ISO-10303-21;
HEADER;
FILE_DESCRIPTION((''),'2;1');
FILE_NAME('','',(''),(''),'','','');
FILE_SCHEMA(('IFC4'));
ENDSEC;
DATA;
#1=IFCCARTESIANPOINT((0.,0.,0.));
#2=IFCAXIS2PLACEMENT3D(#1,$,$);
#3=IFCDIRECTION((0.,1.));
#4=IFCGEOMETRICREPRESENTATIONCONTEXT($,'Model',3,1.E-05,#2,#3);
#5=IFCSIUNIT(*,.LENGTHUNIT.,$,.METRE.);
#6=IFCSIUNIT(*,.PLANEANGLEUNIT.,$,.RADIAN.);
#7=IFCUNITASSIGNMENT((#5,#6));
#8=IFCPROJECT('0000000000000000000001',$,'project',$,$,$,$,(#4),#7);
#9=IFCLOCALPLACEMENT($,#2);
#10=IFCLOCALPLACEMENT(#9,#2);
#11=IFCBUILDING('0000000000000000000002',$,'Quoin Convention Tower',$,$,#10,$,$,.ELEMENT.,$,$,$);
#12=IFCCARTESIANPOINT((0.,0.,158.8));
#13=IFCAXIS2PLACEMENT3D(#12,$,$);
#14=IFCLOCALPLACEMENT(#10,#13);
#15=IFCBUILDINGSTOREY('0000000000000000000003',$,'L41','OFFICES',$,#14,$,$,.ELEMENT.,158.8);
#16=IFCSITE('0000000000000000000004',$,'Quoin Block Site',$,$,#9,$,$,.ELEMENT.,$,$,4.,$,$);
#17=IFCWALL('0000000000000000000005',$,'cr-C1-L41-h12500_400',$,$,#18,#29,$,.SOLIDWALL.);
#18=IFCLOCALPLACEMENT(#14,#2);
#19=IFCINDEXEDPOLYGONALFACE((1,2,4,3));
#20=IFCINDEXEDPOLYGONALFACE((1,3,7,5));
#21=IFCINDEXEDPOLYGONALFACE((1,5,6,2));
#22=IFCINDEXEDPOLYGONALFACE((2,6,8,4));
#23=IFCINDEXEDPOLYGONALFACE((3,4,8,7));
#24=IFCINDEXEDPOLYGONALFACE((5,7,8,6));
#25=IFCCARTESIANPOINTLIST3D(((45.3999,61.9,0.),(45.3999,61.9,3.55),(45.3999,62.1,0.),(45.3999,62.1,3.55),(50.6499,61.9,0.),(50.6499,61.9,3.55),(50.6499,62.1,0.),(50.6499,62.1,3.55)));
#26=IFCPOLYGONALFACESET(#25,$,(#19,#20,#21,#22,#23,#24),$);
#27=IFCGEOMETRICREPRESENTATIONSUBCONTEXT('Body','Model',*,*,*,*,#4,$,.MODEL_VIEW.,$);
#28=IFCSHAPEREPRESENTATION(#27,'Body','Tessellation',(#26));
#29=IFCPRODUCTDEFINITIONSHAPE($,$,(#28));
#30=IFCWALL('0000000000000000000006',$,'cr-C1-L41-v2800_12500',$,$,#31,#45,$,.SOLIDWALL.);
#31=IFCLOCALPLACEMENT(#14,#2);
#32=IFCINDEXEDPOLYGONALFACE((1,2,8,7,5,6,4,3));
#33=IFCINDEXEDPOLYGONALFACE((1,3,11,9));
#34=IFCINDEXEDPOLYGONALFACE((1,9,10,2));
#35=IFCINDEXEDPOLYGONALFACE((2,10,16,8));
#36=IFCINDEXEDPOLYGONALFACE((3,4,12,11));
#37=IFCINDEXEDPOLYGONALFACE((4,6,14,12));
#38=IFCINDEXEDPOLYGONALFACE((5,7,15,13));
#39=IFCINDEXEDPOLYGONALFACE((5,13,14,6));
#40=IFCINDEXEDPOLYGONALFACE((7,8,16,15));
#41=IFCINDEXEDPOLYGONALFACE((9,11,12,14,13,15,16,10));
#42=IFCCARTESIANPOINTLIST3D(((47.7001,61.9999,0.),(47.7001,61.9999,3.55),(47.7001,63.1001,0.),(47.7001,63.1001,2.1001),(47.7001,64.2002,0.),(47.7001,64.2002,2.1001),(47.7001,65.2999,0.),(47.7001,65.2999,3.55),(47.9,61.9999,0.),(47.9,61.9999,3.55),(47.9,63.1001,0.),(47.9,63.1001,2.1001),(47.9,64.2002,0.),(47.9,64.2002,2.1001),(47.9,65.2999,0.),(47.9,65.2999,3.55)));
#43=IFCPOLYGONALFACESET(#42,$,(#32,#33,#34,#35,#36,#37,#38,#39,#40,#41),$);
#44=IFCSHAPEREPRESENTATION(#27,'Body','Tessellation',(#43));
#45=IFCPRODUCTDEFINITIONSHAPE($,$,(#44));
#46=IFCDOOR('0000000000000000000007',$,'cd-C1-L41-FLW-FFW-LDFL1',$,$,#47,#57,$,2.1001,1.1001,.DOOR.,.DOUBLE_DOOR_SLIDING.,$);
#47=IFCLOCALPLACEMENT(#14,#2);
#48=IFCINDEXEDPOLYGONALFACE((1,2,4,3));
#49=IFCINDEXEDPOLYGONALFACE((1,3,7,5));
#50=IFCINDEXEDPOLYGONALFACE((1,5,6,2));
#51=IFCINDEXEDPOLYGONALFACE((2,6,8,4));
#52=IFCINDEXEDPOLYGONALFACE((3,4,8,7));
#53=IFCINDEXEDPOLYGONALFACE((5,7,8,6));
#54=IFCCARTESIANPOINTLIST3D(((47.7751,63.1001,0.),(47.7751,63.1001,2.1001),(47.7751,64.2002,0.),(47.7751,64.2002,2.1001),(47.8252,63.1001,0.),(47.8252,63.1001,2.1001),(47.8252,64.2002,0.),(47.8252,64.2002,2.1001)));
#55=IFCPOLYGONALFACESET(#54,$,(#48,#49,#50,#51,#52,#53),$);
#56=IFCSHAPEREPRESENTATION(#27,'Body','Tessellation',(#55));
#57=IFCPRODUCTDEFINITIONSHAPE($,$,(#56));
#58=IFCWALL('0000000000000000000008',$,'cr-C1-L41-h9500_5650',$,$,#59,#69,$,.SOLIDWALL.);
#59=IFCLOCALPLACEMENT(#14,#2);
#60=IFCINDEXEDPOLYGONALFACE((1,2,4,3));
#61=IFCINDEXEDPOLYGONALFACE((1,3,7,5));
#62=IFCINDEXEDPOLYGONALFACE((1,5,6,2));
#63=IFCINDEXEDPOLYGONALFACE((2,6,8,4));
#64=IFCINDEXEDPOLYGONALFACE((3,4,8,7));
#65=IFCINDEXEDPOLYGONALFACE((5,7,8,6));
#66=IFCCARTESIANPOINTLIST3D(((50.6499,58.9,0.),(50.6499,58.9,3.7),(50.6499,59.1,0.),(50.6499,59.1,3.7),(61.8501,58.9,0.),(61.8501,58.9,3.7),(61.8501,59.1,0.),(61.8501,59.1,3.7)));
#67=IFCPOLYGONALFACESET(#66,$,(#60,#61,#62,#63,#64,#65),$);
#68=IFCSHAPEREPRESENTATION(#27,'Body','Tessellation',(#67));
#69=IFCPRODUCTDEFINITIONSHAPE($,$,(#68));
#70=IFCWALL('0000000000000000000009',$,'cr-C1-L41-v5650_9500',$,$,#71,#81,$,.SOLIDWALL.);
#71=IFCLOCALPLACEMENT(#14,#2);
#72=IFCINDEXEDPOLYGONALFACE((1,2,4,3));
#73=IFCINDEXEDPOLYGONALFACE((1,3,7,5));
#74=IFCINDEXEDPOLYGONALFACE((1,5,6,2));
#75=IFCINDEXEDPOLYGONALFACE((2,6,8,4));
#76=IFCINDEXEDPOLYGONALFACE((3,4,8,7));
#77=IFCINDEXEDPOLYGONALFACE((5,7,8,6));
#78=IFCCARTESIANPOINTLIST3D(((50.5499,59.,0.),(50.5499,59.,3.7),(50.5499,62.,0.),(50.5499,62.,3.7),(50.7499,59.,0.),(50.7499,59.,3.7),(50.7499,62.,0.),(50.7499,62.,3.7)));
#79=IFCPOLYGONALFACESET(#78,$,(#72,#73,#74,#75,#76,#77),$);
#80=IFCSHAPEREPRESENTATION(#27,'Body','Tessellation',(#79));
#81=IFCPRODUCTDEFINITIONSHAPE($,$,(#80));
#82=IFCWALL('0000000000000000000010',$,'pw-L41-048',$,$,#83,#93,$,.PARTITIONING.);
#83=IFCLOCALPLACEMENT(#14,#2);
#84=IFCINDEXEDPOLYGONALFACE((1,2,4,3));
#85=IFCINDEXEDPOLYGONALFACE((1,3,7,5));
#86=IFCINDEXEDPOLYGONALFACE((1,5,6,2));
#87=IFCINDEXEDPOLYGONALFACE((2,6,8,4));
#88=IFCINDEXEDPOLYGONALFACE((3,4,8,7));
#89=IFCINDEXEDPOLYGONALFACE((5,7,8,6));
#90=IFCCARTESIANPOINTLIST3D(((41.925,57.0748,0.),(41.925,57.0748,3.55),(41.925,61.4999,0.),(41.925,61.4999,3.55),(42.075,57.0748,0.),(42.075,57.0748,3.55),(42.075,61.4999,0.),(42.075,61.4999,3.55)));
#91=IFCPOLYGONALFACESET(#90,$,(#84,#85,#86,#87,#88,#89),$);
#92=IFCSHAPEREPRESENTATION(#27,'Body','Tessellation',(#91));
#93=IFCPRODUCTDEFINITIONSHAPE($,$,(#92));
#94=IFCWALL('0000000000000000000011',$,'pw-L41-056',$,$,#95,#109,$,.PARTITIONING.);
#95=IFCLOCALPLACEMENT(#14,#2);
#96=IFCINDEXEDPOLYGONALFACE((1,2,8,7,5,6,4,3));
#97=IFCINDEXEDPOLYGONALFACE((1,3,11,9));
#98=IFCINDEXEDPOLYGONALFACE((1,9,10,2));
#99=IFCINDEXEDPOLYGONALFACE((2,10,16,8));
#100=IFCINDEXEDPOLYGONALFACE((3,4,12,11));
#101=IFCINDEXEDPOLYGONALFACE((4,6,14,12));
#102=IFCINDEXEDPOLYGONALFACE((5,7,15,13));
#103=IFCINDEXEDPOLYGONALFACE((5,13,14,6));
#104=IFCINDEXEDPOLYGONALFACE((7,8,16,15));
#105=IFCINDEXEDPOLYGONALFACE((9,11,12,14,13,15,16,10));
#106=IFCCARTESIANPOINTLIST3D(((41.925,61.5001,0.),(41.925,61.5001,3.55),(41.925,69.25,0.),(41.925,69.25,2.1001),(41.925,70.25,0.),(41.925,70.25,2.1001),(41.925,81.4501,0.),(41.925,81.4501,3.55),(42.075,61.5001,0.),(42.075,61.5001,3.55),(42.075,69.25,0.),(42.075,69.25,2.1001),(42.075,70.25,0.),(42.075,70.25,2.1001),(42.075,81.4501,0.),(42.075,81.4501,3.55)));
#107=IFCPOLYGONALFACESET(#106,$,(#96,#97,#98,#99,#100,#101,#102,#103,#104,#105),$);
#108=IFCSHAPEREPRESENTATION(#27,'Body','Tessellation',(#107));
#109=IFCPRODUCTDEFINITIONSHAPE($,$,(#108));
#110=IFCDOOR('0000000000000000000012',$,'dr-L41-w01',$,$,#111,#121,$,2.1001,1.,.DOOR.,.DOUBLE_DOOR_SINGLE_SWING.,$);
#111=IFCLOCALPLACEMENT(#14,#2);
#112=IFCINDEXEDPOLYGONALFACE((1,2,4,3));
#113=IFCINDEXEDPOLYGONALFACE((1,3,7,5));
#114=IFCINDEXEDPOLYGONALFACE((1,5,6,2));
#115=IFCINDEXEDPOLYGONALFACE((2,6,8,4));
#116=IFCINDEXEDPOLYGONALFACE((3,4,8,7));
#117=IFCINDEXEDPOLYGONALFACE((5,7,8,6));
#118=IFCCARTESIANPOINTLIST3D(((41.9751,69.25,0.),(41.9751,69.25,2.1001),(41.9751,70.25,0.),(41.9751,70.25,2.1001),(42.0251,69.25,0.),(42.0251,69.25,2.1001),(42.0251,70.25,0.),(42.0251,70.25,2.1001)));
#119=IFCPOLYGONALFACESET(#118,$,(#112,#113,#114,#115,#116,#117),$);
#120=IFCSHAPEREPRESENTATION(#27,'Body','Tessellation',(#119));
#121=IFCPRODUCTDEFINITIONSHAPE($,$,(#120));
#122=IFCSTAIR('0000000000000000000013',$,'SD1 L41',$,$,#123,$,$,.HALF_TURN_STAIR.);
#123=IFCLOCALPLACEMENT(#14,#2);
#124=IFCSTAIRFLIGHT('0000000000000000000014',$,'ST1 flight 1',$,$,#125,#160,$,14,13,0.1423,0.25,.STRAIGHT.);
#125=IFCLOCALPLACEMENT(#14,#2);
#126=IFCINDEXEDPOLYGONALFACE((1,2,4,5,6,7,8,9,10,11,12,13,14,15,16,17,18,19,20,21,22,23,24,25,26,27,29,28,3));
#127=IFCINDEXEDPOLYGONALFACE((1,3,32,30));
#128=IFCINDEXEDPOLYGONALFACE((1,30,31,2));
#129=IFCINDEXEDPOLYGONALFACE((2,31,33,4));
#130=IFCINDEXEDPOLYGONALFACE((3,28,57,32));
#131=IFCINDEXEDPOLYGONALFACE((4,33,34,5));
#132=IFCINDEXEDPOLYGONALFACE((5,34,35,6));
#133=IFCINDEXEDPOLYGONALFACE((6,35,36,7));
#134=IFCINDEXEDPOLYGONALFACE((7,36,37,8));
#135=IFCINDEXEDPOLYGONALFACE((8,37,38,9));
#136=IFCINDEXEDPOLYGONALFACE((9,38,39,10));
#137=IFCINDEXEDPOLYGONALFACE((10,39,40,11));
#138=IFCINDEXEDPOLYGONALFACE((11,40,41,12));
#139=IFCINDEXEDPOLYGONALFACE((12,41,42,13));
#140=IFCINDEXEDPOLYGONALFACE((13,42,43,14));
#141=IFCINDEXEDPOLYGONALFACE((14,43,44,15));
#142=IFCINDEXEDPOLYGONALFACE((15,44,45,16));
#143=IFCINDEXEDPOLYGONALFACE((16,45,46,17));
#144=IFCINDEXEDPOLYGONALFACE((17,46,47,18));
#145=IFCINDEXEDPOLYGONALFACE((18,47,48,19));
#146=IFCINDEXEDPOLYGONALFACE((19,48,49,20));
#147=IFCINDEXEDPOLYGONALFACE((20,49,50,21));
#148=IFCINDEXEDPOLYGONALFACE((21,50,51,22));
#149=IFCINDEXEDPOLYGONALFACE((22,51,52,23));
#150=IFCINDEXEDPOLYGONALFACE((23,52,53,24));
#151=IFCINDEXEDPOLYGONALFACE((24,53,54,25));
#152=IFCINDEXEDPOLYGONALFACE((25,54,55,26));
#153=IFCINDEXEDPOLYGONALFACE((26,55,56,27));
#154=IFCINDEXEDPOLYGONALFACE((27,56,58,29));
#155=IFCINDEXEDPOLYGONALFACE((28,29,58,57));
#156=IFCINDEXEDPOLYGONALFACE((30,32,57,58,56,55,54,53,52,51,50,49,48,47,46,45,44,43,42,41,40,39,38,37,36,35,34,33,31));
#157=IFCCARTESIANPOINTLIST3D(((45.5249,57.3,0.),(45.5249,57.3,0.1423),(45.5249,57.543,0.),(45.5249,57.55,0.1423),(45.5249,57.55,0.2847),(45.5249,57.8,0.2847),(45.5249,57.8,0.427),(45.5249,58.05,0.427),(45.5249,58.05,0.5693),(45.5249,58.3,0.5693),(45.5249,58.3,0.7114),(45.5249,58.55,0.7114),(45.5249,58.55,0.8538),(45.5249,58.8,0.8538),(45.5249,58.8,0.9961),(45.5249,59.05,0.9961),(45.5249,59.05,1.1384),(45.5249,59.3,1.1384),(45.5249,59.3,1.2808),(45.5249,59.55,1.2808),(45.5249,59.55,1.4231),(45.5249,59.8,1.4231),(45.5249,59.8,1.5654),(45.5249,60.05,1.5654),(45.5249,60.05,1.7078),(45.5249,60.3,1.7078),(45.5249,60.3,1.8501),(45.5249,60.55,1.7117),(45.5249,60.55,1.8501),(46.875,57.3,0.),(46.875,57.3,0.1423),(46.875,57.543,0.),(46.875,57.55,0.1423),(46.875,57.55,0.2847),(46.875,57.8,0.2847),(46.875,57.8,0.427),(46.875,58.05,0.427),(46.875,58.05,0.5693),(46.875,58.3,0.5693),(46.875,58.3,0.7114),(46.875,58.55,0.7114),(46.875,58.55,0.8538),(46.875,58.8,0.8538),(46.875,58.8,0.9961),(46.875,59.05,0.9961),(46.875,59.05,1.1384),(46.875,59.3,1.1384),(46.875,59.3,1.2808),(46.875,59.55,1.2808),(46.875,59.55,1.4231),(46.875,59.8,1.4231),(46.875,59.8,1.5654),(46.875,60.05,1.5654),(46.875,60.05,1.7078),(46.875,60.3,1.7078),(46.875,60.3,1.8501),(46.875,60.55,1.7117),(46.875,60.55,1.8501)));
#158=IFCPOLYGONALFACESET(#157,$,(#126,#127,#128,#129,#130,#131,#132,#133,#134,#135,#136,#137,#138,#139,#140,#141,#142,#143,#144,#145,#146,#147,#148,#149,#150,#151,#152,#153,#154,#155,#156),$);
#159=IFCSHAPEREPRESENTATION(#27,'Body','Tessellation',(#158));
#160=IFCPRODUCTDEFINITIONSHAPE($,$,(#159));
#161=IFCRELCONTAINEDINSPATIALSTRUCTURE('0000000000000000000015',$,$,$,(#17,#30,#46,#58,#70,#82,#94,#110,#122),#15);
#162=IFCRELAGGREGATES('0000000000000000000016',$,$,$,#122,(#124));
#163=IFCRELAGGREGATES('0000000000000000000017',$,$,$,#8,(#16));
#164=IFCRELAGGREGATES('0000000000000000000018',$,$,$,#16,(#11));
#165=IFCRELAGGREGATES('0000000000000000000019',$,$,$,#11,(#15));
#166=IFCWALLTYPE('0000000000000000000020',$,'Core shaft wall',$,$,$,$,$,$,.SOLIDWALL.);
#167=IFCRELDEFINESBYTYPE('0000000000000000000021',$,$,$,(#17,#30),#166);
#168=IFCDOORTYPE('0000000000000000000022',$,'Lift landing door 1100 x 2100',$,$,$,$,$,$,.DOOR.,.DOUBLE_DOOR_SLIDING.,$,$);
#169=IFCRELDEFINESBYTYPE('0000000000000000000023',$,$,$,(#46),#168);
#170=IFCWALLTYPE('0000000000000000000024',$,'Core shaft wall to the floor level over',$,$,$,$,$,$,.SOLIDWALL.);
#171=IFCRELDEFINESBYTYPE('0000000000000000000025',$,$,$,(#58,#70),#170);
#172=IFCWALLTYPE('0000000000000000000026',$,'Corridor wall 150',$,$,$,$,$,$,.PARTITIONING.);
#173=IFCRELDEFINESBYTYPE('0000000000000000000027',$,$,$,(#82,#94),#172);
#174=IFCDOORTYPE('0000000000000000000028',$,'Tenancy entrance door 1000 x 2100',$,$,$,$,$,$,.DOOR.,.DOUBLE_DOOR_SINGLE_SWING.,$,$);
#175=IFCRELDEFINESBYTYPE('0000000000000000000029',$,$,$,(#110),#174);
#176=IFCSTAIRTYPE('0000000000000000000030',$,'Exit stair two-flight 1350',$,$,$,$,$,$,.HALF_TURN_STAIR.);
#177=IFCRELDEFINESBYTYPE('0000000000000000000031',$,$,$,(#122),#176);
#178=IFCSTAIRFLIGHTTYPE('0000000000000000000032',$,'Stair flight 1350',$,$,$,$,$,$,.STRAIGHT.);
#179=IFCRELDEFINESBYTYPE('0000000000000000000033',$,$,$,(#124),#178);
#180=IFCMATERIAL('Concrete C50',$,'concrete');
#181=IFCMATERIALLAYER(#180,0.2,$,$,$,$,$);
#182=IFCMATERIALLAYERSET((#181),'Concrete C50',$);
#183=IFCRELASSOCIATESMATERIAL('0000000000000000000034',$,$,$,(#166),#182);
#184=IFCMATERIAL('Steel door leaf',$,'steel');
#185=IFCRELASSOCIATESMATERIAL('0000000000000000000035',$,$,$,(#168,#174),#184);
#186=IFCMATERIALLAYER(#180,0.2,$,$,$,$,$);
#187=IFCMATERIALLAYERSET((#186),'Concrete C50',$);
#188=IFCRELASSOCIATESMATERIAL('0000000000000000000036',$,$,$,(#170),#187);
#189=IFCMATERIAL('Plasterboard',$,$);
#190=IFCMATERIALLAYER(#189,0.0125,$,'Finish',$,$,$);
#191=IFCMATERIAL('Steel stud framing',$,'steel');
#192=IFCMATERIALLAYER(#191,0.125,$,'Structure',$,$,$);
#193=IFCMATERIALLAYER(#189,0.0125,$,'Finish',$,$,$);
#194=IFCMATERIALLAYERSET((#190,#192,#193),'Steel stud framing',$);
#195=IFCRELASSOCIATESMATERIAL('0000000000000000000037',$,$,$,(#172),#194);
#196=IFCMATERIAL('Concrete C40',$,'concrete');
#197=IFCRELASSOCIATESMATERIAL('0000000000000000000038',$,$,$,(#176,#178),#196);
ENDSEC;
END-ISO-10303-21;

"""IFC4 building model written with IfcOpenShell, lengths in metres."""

from ifc_helpers import new_model, si_unit, direction, frame, frame_2d, origin, place, context, subcontext, project, spatial, polyline, rectangle, outline, extrude, material, layer, layer_set, type_object, element, fill, aggregate, save


model = new_model("IFC4")

# Units and contexts
model_context = context("Model", 3, precision=1e-05, world=origin(), true_north=direction((0.0, 1.0)))
body_context = subcontext(model_context, "Body", "Model", "MODEL_VIEW")
ifc_project = project(units=[si_unit("LENGTHUNIT", "METRE"), si_unit("PLANEANGLEUNIT", "RADIAN")], contexts=[model_context])

# Site, building, storey
site_placement = place(None, origin())
site = spatial("IfcSite", under=ifc_project, at=site_placement, Name="Quoin Block Site", CompositionType="ELEMENT", RefElevation=4.0)
building_placement = place(site_placement, origin())
building = spatial("IfcBuilding", under=site, at=building_placement, Name="Quoin Convention Tower", CompositionType="ELEMENT")
storey_placement = place(building_placement, frame((0.0, 0.0, 158.8)))
storey = spatial("IfcBuildingStorey", under=building, at=storey_placement, Name="L41", Description="OFFICES", CompositionType="ELEMENT", Elevation=158.8)

# Wall
ifc_material_1 = material(Name="Concrete C50", Category="concrete")
ifc_layer_1 = layer(ifc_material_1, 0.2)
ifc_layer_set_1 = layer_set([ifc_layer_1], Name="Concrete C50")
wall_type_1 = type_object("IfcWallType", Name="Core shaft wall", PredefinedType="SOLIDWALL", material=ifc_layer_set_1)
wall_1_placement = place(storey_placement, frame((45.3999, 62.0, 0.0), z_axis=(0.0, 0.0, 1.0), x_axis=(1.0, 0.0, 0.0)))
element("IfcWall", 1, at=wall_1_placement, inside=storey, type_object=wall_type_1, Name="cr-C1-L41-h12500_400", PredefinedType="SOLIDWALL", context=body_context, shape_type="SweptSolid", body=[
    extrude(rectangle(XDim=5.25, YDim=0.2, at=frame_2d((2.625, 0.0))), origin(), (0.0, 0.0, 1.0), 3.55),
])

# Wall, opening, door
wall_2_placement = place(storey_placement, frame((47.8, 62.0, 0.0), z_axis=(0.0, 0.0, 1.0), x_axis=(0.0, 1.0, 0.0)))
wall_2 = element("IfcWall", 2, at=wall_2_placement, inside=storey, type_object=wall_type_1, Name="cr-C1-L41-v2800_12500", PredefinedType="SOLIDWALL", context=body_context, shape_type="SweptSolid", body=[
    extrude(rectangle(XDim=3.3, YDim=0.2, at=frame_2d((1.6499, 0.0))), origin(), (0.0, 0.0, 1.0), 3.55),
])
opening_1_placement = place(wall_2_placement, frame((1.1001, 0.0, 0.0)))
opening_1 = element("IfcOpeningElement", 3, at=opening_1_placement, cuts=wall_2, PredefinedType="OPENING", context=body_context, shape_type="SweptSolid", body=[
    extrude(rectangle(XDim=1.1001, YDim=2.1001, at=frame_2d((0.55, 1.05))), frame((0.0, 0.1099, 0.0), z_axis=(0.0, -1.0, 0.0), x_axis=(1.0, 0.0, 0.0)), (0.0, 0.0, 1.0), 0.22),
])
ifc_material_2 = material(Name="Steel door leaf", Category="steel")
door_type_1 = type_object("IfcDoorType", Name="Lift landing door 1100 x 2100", OperationType="DOUBLE_DOOR_SLIDING", PredefinedType="DOOR", material=ifc_material_2)
door_1_placement = place(opening_1_placement, origin())
door_1 = element("IfcDoor", 4, at=door_1_placement, inside=storey, type_object=door_type_1, Name="cd-C1-L41-FLW-FFW-LDFL1", OperationType="DOUBLE_DOOR_SLIDING", OverallHeight=2.1001, OverallWidth=1.1001, PredefinedType="DOOR", context=body_context, shape_type="SweptSolid", body=[
    extrude(rectangle(XDim=1.1001, YDim=2.1001, at=frame_2d((0.55, 1.05))), frame((0.0, 0.0249, 0.0), z_axis=(0.0, -1.0, 0.0), x_axis=(1.0, 0.0, 0.0)), (0.0, 0.0, 1.0), 0.05),
])
fill(opening_1, door_1)

# Walls
ifc_layer_2 = layer(ifc_material_1, 0.2)
ifc_layer_set_2 = layer_set([ifc_layer_2], Name="Concrete C50")
wall_type_2 = type_object("IfcWallType", Name="Core shaft wall to the floor level over", PredefinedType="SOLIDWALL", material=ifc_layer_set_2)
wall_3_placement = place(storey_placement, frame((50.6499, 59.0, 0.0), z_axis=(0.0, 0.0, 1.0), x_axis=(1.0, 0.0, 0.0)))
element("IfcWall", 5, at=wall_3_placement, inside=storey, type_object=wall_type_2, Name="cr-C1-L41-h9500_5650", PredefinedType="SOLIDWALL", context=body_context, shape_type="SweptSolid", body=[
    extrude(rectangle(XDim=11.2002, YDim=0.2, at=frame_2d((5.6001, 0.0))), origin(), (0.0, 0.0, 1.0), 3.7),
])
wall_4_placement = place(storey_placement, frame((50.6499, 59.0, 0.0), z_axis=(0.0, 0.0, 1.0), x_axis=(0.0, 1.0, 0.0)))
element("IfcWall", 6, at=wall_4_placement, inside=storey, type_object=wall_type_2, Name="cr-C1-L41-v5650_9500", PredefinedType="SOLIDWALL", context=body_context, shape_type="SweptSolid", body=[
    extrude(rectangle(XDim=3.0, YDim=0.2, at=frame_2d((1.5, 0.0))), origin(), (0.0, 0.0, 1.0), 3.7),
])
ifc_material_3 = material(Name="Plasterboard")
ifc_layer_3 = layer(ifc_material_3, 0.0125, Name="Finish")
ifc_material_4 = material(Name="Steel stud framing", Category="steel")
ifc_layer_4 = layer(ifc_material_4, 0.125, Name="Structure")
ifc_layer_5 = layer(ifc_material_3, 0.0125, Name="Finish")
ifc_layer_set_3 = layer_set([ifc_layer_3, ifc_layer_4, ifc_layer_5], Name="Steel stud framing")
wall_type_3 = type_object("IfcWallType", Name="Corridor wall 150", PredefinedType="PARTITIONING", material=ifc_layer_set_3)
wall_5_placement = place(storey_placement, frame((42.0, 57.075, 0.0), z_axis=(0.0, 0.0, 1.0), x_axis=(0.0, 1.0, 0.0)))
element("IfcWall", 7, at=wall_5_placement, inside=storey, type_object=wall_type_3, Name="pw-L41-048", PredefinedType="PARTITIONING", context=body_context, shape_type="SweptSolid", body=[
    extrude(rectangle(XDim=4.425, YDim=0.1499, at=frame_2d((2.2124, 0.0))), origin(), (0.0, 0.0, 1.0), 3.55),
])

# Wall, opening, door
wall_6_placement = place(storey_placement, frame((42.0, 61.5, 0.0), z_axis=(0.0, 0.0, 1.0), x_axis=(0.0, 1.0, 0.0)))
wall_6 = element("IfcWall", 8, at=wall_6_placement, inside=storey, type_object=wall_type_3, Name="pw-L41-056", PredefinedType="PARTITIONING", context=body_context, shape_type="SweptSolid", body=[
    extrude(rectangle(XDim=19.95, YDim=0.1499, at=frame_2d((9.9751, 0.0))), origin(), (0.0, 0.0, 1.0), 3.55),
])
opening_2_placement = place(wall_6_placement, frame((7.75, 0.0, 0.0)))
opening_2 = element("IfcOpeningElement", 9, at=opening_2_placement, cuts=wall_6, PredefinedType="OPENING", context=body_context, shape_type="SweptSolid", body=[
    extrude(rectangle(XDim=1.0, YDim=2.1001, at=frame_2d((0.5, 1.05))), frame((0.0, 0.085, 0.0), z_axis=(0.0, -1.0, 0.0), x_axis=(1.0, 0.0, 0.0)), (0.0, 0.0, 1.0), 0.1699),
])
door_type_2 = type_object("IfcDoorType", Name="Tenancy entrance door 1000 x 2100", OperationType="DOUBLE_DOOR_SINGLE_SWING", PredefinedType="DOOR", material=ifc_material_2)
door_2_placement = place(opening_2_placement, origin())
door_2 = element("IfcDoor", 10, at=door_2_placement, inside=storey, type_object=door_type_2, Name="dr-L41-w01", OperationType="DOUBLE_DOOR_SINGLE_SWING", OverallHeight=2.1001, OverallWidth=1.0, PredefinedType="DOOR", context=body_context, shape_type="SweptSolid", body=[
    extrude(rectangle(XDim=1.0, YDim=2.1001, at=frame_2d((0.5, 1.05))), frame((0.0, 0.0249, 0.0), z_axis=(0.0, -1.0, 0.0), x_axis=(1.0, 0.0, 0.0)), (0.0, 0.0, 1.0), 0.05),
])
fill(opening_2, door_2)

# Stair, stair flight
ifc_material_5 = material(Name="Concrete C40", Category="concrete")
stair_type = type_object("IfcStairType", Name="Exit stair two-flight 1350", PredefinedType="HALF_TURN_STAIR", material=ifc_material_5)
stair_placement = place(storey_placement, origin())
stair = element("IfcStair", 11, at=stair_placement, inside=storey, type_object=stair_type, Name="SD1 L41", PredefinedType="HALF_TURN_STAIR")
stair_flight_type = type_object("IfcStairFlightType", Name="Stair flight 1350", PredefinedType="STRAIGHT", material=ifc_material_5)
stair_flight_1_placement = place(storey_placement, frame((46.2, 57.3, 0.0), z_axis=(0.0, 0.0, 1.0), x_axis=(0.0, 1.0, 0.0)))
stair_flight_1 = element("IfcStairFlight", 12, at=stair_flight_1_placement, type_object=stair_flight_type, Name="ST1 flight 1", NumberOfRisers=14, NumberOfTreads=13, PredefinedType="STRAIGHT", RiserHeight=0.1423, TreadLength=0.25, context=body_context, shape_type="SweptSolid", body=[
    extrude(outline(polyline([(0.0, 0.0), (0.0, 0.1423), (0.25, 0.1423), (0.25, 0.2847), (0.5, 0.2847), (0.5, 0.427), (0.75, 0.427), (0.75, 0.5693), (1.0, 0.5693), (1.0, 0.7114), (1.25, 0.7114), (1.25, 0.8538), (1.5, 0.8538), (1.5, 0.9961), (1.75, 0.9961), (1.75, 1.1384), (2.0, 1.1384), (2.0, 1.2808), (2.25, 1.2808), (2.25, 1.4231), (2.5, 1.4231), (2.5, 1.5654), (2.75, 1.5654), (2.75, 1.7078), (3.0, 1.7078), (3.0, 1.8501), (3.25, 1.8501), (3.25, 1.9922), (3.25, 1.7117), (0.2429, 0.0), (0.0, 0.0)])), frame((0.0, 0.675, 0.0), z_axis=(0.0, -1.0, 0.0), x_axis=(1.0, 0.0, 0.0)), (0.0, 0.0, 1.0), 1.3501),
])
aggregate(stair, [stair_flight_1])

save(model, "model.ifc")
